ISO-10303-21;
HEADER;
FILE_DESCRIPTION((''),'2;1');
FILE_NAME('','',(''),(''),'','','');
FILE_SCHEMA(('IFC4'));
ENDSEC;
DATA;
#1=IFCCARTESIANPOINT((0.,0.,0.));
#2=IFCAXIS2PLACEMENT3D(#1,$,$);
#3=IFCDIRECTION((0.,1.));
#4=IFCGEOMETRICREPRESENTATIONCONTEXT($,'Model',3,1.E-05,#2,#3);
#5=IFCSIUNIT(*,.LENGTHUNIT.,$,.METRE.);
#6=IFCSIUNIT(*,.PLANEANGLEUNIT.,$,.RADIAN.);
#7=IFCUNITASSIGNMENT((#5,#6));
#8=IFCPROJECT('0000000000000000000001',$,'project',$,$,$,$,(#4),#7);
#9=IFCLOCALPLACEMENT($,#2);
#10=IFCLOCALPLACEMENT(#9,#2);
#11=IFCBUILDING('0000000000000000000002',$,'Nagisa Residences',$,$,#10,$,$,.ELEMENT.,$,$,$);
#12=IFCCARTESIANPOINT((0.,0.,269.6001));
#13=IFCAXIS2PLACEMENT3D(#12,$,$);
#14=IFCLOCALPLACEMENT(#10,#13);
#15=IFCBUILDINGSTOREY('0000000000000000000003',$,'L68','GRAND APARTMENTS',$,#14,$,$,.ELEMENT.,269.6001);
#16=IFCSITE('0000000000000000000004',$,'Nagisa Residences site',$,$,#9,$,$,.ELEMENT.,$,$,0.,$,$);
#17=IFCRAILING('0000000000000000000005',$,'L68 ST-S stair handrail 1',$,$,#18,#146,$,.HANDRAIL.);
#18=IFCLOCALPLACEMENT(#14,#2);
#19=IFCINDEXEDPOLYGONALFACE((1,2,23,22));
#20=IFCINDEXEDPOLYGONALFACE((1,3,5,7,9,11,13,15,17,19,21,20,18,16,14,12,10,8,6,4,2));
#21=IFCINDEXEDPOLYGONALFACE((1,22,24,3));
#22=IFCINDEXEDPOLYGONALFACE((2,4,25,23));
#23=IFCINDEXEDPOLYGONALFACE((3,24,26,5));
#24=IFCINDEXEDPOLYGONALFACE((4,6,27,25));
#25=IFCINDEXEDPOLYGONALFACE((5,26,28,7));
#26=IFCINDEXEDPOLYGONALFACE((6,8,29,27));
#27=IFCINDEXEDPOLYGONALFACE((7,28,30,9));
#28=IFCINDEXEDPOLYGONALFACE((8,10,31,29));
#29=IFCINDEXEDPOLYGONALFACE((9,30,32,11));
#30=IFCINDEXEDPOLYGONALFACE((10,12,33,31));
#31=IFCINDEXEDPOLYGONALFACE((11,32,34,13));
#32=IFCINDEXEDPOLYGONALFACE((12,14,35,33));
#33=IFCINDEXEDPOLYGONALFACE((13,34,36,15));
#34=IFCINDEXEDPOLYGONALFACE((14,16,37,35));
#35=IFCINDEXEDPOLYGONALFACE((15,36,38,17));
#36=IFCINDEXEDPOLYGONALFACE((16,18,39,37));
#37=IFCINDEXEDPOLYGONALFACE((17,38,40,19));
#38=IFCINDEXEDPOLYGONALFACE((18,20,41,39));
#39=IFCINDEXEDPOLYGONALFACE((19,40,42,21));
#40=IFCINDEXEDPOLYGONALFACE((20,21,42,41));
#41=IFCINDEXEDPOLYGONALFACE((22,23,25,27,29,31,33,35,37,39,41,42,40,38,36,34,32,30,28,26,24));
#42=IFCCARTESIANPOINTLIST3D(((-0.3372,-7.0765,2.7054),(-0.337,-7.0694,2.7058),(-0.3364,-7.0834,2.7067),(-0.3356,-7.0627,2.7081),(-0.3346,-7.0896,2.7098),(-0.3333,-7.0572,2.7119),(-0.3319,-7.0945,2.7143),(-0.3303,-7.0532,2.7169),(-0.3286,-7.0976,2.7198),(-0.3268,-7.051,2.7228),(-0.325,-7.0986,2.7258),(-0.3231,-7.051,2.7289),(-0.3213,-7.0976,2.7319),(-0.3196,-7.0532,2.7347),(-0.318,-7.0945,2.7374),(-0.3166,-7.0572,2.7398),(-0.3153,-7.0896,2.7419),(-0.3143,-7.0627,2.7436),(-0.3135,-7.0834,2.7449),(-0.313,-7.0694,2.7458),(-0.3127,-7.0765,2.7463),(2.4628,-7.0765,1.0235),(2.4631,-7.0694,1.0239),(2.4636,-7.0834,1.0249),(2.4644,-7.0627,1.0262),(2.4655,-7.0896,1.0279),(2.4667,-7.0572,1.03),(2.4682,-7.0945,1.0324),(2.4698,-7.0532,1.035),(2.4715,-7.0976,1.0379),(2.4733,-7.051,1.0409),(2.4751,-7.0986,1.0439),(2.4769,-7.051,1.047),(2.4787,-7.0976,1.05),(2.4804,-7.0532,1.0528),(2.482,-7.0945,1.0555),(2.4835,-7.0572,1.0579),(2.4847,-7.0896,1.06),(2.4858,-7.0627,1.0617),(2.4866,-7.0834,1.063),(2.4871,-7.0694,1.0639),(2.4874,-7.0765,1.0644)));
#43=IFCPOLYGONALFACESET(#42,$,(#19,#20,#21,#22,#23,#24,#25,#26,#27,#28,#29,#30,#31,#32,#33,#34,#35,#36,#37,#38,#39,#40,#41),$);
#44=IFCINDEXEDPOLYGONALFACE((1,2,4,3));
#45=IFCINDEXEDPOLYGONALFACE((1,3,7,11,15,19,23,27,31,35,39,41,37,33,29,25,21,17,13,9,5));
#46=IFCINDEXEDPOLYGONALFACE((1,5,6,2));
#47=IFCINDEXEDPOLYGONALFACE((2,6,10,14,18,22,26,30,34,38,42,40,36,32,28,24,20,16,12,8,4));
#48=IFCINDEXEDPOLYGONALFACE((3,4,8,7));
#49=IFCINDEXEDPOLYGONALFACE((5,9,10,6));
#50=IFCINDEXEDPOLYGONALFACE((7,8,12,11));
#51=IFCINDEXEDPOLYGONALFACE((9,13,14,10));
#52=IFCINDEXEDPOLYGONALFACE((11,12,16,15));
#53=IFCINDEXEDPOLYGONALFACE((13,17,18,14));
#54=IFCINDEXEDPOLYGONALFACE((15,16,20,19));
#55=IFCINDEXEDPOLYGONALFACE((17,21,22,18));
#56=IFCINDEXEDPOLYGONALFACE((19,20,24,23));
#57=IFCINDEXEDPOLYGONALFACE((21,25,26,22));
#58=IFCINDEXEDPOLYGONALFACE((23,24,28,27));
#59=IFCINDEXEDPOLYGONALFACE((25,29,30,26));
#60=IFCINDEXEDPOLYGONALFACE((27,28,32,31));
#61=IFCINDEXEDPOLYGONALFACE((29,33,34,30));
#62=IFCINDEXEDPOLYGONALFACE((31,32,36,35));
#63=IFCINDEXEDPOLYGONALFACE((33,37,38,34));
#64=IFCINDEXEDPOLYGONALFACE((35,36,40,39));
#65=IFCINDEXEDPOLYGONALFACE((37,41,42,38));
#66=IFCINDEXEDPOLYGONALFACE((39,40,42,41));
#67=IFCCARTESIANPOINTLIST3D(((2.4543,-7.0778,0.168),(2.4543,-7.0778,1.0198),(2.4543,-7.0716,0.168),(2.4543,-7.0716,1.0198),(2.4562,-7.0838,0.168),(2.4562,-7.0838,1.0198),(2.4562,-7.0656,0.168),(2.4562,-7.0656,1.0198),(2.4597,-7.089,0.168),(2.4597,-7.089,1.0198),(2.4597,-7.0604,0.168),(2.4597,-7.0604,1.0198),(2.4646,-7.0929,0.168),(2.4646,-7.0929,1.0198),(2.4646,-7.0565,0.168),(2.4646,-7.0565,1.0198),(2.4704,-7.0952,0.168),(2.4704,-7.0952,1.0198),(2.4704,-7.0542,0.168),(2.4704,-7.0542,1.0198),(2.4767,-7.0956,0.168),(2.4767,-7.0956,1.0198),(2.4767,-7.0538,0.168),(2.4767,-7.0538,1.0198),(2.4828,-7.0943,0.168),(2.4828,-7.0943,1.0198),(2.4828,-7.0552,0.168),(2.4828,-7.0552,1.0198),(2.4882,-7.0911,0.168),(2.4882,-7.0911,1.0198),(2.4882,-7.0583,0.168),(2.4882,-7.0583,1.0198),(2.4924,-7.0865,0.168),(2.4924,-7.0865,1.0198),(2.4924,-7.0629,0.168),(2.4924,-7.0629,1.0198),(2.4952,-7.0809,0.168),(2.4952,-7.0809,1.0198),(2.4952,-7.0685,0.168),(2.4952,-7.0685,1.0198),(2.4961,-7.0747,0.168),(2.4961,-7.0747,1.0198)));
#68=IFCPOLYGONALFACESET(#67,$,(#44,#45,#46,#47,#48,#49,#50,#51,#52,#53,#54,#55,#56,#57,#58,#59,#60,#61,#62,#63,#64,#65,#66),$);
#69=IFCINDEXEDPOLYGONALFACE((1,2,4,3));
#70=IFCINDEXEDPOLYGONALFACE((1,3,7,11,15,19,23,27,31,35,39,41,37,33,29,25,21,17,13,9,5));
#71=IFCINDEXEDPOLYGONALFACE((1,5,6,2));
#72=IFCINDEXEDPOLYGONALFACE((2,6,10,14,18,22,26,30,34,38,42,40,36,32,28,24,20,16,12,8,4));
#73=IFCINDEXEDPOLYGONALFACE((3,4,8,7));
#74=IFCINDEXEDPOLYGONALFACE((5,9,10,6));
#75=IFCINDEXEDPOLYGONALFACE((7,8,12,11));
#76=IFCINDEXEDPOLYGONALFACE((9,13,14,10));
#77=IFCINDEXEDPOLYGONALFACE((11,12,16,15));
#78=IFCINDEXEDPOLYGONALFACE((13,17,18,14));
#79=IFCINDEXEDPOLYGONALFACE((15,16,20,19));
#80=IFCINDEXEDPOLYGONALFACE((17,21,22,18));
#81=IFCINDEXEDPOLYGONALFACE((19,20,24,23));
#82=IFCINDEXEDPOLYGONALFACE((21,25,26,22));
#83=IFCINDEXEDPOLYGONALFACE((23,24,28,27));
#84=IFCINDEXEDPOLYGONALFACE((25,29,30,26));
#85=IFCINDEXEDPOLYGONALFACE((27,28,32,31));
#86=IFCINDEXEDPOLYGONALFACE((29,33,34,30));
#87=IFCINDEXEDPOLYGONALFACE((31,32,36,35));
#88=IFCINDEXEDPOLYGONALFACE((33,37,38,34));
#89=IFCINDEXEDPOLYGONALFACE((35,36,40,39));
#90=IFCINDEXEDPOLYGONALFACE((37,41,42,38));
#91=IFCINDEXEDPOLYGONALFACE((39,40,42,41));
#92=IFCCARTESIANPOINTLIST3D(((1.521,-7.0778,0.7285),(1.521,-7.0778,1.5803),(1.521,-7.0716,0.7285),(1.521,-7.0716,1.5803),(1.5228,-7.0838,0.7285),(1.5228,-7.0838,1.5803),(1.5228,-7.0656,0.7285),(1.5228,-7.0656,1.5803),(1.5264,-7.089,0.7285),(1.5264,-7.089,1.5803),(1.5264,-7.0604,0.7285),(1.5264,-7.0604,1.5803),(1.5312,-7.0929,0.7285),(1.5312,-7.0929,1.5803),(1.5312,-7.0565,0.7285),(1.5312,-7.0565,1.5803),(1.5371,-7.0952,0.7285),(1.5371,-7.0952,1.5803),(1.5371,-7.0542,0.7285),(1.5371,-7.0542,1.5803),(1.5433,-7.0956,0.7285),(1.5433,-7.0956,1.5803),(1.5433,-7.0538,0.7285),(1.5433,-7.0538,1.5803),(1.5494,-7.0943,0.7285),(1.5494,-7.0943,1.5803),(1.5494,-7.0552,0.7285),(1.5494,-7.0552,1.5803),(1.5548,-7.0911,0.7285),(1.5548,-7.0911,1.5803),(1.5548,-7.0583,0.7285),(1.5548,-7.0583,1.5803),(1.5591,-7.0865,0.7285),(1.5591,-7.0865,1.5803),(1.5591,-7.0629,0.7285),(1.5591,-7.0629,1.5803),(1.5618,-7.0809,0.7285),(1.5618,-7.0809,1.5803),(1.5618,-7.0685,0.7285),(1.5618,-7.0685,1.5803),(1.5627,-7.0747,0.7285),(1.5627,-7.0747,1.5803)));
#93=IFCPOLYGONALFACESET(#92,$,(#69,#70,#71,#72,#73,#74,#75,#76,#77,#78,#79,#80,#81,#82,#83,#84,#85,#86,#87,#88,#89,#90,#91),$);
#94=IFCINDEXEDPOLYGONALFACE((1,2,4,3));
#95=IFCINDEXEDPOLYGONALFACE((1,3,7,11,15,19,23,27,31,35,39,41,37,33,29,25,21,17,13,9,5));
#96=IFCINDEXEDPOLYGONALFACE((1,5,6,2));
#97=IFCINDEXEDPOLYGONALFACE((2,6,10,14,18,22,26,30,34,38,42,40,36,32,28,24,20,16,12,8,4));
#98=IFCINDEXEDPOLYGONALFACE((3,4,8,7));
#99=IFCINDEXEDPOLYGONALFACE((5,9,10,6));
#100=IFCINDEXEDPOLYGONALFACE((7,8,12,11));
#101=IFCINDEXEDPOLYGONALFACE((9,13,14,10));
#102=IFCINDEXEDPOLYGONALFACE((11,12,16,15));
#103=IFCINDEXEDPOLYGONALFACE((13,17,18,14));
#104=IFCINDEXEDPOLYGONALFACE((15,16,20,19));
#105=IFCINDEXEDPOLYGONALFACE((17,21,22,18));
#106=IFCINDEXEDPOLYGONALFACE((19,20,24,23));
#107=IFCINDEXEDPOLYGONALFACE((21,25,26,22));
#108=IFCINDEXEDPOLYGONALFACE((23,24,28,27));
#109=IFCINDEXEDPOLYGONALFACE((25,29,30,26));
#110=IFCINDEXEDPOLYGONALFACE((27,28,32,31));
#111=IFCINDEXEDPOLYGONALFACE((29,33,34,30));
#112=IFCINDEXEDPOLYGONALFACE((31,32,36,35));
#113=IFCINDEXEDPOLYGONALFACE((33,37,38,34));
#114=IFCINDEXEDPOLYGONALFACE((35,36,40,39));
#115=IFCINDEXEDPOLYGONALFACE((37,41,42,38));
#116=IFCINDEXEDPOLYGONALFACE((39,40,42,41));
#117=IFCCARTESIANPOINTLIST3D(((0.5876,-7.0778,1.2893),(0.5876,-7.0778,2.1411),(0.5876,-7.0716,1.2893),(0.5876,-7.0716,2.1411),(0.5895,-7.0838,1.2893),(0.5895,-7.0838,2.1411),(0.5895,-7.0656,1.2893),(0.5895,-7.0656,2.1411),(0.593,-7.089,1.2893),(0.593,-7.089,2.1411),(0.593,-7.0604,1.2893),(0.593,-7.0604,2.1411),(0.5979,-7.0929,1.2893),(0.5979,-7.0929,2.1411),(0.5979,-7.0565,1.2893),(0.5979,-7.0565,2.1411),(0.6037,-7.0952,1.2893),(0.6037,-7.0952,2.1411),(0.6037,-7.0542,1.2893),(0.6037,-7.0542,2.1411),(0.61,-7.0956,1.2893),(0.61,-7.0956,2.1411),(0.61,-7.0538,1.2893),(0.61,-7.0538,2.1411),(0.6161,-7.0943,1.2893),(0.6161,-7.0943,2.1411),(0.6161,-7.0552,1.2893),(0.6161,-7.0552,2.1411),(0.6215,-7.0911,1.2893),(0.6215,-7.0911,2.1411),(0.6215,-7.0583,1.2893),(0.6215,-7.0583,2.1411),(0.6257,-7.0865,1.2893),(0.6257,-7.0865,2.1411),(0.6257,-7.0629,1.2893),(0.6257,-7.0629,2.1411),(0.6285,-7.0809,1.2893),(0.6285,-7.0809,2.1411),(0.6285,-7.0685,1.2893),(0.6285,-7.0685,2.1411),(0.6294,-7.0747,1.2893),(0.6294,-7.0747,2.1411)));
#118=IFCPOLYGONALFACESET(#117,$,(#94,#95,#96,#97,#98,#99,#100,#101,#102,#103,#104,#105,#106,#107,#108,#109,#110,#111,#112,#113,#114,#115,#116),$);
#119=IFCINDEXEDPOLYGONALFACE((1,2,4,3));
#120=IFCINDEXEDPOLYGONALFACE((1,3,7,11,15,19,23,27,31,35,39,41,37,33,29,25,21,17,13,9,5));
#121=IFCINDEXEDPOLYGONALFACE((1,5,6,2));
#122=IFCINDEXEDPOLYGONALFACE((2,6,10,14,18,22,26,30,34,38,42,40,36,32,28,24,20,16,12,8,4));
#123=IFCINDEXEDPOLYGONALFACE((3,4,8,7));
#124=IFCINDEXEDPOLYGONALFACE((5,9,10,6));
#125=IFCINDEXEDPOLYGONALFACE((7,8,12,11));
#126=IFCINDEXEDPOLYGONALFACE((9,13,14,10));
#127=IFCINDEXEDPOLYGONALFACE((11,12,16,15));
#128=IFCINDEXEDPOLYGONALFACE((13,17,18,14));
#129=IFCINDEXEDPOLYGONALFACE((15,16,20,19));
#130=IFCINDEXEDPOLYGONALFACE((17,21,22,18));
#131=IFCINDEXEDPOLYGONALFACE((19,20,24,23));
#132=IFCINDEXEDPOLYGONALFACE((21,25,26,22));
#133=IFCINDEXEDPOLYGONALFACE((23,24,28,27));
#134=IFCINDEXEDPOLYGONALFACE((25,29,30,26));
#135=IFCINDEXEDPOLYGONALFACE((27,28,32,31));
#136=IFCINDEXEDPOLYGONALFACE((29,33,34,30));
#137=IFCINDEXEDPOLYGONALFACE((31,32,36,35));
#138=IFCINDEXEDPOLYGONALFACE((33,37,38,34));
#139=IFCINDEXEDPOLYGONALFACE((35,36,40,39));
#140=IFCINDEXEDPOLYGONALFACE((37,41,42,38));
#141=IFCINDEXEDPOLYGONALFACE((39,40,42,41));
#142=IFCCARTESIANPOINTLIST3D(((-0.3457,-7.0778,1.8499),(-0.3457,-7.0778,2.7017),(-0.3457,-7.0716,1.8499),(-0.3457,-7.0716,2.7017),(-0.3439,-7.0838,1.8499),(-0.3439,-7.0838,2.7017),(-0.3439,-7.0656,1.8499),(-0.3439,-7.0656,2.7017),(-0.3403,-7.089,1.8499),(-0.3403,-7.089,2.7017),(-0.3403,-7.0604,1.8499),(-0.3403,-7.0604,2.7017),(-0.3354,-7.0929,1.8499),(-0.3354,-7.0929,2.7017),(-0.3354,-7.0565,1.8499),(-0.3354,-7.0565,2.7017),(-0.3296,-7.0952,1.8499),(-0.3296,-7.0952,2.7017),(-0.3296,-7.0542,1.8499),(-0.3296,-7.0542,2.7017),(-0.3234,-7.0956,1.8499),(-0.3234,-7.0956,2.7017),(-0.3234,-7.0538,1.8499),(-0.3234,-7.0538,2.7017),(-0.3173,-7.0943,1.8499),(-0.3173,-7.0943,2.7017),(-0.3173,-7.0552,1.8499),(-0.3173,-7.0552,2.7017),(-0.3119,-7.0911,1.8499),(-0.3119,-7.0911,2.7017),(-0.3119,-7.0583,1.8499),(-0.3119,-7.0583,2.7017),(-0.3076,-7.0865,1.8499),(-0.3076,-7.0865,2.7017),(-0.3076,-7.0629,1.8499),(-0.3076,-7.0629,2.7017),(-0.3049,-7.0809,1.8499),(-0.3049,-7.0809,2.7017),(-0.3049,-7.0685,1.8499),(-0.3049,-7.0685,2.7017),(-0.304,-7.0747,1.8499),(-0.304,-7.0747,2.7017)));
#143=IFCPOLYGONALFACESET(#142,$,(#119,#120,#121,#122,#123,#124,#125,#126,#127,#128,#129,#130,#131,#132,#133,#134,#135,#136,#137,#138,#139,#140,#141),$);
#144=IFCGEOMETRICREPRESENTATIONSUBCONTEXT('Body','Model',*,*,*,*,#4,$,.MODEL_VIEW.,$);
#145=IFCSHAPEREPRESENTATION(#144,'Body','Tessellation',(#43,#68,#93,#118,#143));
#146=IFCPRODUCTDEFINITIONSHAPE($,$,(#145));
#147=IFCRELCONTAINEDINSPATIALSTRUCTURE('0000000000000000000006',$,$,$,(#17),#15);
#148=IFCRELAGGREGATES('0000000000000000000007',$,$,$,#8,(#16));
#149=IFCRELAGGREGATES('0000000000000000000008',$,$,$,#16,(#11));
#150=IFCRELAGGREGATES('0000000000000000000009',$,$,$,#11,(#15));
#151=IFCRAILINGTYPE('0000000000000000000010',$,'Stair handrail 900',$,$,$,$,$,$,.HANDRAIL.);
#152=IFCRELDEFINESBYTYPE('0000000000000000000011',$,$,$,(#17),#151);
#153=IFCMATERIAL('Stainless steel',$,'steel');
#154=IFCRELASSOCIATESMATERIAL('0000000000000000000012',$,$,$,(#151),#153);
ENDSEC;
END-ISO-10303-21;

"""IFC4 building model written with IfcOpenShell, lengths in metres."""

from ifc_helpers import new_model, si_unit, direction, frame, origin, origin_2d, place, context, subcontext, project, spatial, circle, extrude, material, type_object, element, save


model = new_model("IFC4")

# Units and contexts
model_context = context("Model", 3, precision=1e-05, world=origin(), true_north=direction((0.0, 1.0)))
body_context = subcontext(model_context, "Body", "Model", "MODEL_VIEW")
ifc_project = project(units=[si_unit("LENGTHUNIT", "METRE"), si_unit("PLANEANGLEUNIT", "RADIAN")], contexts=[model_context])

# Site, building, storey
site_placement = place(None, origin())
site = spatial("IfcSite", under=ifc_project, at=site_placement, Name="Nagisa Residences site", CompositionType="ELEMENT", RefElevation=0.0)
building_placement = place(site_placement, origin())
building = spatial("IfcBuilding", under=site, at=building_placement, Name="Nagisa Residences", CompositionType="ELEMENT")
storey_placement = place(building_placement, frame((0.0, 0.0, 269.6001)))
storey = spatial("IfcBuildingStorey", under=building, at=storey_placement, Name="L68", Description="GRAND APARTMENTS", CompositionType="ELEMENT", Elevation=269.6001)

# Railing
ifc_material_1 = material(Name="Stainless steel", Category="steel")
railing_type_1 = type_object("IfcRailingType", Name="Stair handrail 900", PredefinedType="HANDRAIL", material=ifc_material_1)
railing_1_placement = place(storey_placement, frame((2.4751, -7.0747, 0.168)))
element("IfcRailing", 1, at=railing_1_placement, inside=storey, type_object=railing_type_1, Name="L68 ST-S stair handrail 1", PredefinedType="HANDRAIL", context=body_context, shape_type="SweptSolid", body=[
    extrude(circle(Radius=0.0239, at=origin_2d()), frame((0.0, 0.0, 0.876), z_axis=(-0.857242, 0.0, 0.514913), x_axis=(0.0, -1.0, 0.0)), (0.0, 0.0, 1.0), 3.2664),
    extrude(circle(Radius=0.021, at=origin_2d()), origin(), (0.0, 0.0, 1.0), 0.8518),
    extrude(circle(Radius=0.021, at=origin_2d()), frame((-0.9333, 0.0, 0.5605)), (0.0, 0.0, 1.0), 0.8518),
    extrude(circle(Radius=0.021, at=origin_2d()), frame((-1.8667, 0.0, 1.1213)), (0.0, 0.0, 1.0), 0.8518),
    extrude(circle(Radius=0.021, at=origin_2d()), frame((-2.8, 0.0, 1.6819)), (0.0, 0.0, 1.0), 0.8518),
])

save(model, "model.ifc")
